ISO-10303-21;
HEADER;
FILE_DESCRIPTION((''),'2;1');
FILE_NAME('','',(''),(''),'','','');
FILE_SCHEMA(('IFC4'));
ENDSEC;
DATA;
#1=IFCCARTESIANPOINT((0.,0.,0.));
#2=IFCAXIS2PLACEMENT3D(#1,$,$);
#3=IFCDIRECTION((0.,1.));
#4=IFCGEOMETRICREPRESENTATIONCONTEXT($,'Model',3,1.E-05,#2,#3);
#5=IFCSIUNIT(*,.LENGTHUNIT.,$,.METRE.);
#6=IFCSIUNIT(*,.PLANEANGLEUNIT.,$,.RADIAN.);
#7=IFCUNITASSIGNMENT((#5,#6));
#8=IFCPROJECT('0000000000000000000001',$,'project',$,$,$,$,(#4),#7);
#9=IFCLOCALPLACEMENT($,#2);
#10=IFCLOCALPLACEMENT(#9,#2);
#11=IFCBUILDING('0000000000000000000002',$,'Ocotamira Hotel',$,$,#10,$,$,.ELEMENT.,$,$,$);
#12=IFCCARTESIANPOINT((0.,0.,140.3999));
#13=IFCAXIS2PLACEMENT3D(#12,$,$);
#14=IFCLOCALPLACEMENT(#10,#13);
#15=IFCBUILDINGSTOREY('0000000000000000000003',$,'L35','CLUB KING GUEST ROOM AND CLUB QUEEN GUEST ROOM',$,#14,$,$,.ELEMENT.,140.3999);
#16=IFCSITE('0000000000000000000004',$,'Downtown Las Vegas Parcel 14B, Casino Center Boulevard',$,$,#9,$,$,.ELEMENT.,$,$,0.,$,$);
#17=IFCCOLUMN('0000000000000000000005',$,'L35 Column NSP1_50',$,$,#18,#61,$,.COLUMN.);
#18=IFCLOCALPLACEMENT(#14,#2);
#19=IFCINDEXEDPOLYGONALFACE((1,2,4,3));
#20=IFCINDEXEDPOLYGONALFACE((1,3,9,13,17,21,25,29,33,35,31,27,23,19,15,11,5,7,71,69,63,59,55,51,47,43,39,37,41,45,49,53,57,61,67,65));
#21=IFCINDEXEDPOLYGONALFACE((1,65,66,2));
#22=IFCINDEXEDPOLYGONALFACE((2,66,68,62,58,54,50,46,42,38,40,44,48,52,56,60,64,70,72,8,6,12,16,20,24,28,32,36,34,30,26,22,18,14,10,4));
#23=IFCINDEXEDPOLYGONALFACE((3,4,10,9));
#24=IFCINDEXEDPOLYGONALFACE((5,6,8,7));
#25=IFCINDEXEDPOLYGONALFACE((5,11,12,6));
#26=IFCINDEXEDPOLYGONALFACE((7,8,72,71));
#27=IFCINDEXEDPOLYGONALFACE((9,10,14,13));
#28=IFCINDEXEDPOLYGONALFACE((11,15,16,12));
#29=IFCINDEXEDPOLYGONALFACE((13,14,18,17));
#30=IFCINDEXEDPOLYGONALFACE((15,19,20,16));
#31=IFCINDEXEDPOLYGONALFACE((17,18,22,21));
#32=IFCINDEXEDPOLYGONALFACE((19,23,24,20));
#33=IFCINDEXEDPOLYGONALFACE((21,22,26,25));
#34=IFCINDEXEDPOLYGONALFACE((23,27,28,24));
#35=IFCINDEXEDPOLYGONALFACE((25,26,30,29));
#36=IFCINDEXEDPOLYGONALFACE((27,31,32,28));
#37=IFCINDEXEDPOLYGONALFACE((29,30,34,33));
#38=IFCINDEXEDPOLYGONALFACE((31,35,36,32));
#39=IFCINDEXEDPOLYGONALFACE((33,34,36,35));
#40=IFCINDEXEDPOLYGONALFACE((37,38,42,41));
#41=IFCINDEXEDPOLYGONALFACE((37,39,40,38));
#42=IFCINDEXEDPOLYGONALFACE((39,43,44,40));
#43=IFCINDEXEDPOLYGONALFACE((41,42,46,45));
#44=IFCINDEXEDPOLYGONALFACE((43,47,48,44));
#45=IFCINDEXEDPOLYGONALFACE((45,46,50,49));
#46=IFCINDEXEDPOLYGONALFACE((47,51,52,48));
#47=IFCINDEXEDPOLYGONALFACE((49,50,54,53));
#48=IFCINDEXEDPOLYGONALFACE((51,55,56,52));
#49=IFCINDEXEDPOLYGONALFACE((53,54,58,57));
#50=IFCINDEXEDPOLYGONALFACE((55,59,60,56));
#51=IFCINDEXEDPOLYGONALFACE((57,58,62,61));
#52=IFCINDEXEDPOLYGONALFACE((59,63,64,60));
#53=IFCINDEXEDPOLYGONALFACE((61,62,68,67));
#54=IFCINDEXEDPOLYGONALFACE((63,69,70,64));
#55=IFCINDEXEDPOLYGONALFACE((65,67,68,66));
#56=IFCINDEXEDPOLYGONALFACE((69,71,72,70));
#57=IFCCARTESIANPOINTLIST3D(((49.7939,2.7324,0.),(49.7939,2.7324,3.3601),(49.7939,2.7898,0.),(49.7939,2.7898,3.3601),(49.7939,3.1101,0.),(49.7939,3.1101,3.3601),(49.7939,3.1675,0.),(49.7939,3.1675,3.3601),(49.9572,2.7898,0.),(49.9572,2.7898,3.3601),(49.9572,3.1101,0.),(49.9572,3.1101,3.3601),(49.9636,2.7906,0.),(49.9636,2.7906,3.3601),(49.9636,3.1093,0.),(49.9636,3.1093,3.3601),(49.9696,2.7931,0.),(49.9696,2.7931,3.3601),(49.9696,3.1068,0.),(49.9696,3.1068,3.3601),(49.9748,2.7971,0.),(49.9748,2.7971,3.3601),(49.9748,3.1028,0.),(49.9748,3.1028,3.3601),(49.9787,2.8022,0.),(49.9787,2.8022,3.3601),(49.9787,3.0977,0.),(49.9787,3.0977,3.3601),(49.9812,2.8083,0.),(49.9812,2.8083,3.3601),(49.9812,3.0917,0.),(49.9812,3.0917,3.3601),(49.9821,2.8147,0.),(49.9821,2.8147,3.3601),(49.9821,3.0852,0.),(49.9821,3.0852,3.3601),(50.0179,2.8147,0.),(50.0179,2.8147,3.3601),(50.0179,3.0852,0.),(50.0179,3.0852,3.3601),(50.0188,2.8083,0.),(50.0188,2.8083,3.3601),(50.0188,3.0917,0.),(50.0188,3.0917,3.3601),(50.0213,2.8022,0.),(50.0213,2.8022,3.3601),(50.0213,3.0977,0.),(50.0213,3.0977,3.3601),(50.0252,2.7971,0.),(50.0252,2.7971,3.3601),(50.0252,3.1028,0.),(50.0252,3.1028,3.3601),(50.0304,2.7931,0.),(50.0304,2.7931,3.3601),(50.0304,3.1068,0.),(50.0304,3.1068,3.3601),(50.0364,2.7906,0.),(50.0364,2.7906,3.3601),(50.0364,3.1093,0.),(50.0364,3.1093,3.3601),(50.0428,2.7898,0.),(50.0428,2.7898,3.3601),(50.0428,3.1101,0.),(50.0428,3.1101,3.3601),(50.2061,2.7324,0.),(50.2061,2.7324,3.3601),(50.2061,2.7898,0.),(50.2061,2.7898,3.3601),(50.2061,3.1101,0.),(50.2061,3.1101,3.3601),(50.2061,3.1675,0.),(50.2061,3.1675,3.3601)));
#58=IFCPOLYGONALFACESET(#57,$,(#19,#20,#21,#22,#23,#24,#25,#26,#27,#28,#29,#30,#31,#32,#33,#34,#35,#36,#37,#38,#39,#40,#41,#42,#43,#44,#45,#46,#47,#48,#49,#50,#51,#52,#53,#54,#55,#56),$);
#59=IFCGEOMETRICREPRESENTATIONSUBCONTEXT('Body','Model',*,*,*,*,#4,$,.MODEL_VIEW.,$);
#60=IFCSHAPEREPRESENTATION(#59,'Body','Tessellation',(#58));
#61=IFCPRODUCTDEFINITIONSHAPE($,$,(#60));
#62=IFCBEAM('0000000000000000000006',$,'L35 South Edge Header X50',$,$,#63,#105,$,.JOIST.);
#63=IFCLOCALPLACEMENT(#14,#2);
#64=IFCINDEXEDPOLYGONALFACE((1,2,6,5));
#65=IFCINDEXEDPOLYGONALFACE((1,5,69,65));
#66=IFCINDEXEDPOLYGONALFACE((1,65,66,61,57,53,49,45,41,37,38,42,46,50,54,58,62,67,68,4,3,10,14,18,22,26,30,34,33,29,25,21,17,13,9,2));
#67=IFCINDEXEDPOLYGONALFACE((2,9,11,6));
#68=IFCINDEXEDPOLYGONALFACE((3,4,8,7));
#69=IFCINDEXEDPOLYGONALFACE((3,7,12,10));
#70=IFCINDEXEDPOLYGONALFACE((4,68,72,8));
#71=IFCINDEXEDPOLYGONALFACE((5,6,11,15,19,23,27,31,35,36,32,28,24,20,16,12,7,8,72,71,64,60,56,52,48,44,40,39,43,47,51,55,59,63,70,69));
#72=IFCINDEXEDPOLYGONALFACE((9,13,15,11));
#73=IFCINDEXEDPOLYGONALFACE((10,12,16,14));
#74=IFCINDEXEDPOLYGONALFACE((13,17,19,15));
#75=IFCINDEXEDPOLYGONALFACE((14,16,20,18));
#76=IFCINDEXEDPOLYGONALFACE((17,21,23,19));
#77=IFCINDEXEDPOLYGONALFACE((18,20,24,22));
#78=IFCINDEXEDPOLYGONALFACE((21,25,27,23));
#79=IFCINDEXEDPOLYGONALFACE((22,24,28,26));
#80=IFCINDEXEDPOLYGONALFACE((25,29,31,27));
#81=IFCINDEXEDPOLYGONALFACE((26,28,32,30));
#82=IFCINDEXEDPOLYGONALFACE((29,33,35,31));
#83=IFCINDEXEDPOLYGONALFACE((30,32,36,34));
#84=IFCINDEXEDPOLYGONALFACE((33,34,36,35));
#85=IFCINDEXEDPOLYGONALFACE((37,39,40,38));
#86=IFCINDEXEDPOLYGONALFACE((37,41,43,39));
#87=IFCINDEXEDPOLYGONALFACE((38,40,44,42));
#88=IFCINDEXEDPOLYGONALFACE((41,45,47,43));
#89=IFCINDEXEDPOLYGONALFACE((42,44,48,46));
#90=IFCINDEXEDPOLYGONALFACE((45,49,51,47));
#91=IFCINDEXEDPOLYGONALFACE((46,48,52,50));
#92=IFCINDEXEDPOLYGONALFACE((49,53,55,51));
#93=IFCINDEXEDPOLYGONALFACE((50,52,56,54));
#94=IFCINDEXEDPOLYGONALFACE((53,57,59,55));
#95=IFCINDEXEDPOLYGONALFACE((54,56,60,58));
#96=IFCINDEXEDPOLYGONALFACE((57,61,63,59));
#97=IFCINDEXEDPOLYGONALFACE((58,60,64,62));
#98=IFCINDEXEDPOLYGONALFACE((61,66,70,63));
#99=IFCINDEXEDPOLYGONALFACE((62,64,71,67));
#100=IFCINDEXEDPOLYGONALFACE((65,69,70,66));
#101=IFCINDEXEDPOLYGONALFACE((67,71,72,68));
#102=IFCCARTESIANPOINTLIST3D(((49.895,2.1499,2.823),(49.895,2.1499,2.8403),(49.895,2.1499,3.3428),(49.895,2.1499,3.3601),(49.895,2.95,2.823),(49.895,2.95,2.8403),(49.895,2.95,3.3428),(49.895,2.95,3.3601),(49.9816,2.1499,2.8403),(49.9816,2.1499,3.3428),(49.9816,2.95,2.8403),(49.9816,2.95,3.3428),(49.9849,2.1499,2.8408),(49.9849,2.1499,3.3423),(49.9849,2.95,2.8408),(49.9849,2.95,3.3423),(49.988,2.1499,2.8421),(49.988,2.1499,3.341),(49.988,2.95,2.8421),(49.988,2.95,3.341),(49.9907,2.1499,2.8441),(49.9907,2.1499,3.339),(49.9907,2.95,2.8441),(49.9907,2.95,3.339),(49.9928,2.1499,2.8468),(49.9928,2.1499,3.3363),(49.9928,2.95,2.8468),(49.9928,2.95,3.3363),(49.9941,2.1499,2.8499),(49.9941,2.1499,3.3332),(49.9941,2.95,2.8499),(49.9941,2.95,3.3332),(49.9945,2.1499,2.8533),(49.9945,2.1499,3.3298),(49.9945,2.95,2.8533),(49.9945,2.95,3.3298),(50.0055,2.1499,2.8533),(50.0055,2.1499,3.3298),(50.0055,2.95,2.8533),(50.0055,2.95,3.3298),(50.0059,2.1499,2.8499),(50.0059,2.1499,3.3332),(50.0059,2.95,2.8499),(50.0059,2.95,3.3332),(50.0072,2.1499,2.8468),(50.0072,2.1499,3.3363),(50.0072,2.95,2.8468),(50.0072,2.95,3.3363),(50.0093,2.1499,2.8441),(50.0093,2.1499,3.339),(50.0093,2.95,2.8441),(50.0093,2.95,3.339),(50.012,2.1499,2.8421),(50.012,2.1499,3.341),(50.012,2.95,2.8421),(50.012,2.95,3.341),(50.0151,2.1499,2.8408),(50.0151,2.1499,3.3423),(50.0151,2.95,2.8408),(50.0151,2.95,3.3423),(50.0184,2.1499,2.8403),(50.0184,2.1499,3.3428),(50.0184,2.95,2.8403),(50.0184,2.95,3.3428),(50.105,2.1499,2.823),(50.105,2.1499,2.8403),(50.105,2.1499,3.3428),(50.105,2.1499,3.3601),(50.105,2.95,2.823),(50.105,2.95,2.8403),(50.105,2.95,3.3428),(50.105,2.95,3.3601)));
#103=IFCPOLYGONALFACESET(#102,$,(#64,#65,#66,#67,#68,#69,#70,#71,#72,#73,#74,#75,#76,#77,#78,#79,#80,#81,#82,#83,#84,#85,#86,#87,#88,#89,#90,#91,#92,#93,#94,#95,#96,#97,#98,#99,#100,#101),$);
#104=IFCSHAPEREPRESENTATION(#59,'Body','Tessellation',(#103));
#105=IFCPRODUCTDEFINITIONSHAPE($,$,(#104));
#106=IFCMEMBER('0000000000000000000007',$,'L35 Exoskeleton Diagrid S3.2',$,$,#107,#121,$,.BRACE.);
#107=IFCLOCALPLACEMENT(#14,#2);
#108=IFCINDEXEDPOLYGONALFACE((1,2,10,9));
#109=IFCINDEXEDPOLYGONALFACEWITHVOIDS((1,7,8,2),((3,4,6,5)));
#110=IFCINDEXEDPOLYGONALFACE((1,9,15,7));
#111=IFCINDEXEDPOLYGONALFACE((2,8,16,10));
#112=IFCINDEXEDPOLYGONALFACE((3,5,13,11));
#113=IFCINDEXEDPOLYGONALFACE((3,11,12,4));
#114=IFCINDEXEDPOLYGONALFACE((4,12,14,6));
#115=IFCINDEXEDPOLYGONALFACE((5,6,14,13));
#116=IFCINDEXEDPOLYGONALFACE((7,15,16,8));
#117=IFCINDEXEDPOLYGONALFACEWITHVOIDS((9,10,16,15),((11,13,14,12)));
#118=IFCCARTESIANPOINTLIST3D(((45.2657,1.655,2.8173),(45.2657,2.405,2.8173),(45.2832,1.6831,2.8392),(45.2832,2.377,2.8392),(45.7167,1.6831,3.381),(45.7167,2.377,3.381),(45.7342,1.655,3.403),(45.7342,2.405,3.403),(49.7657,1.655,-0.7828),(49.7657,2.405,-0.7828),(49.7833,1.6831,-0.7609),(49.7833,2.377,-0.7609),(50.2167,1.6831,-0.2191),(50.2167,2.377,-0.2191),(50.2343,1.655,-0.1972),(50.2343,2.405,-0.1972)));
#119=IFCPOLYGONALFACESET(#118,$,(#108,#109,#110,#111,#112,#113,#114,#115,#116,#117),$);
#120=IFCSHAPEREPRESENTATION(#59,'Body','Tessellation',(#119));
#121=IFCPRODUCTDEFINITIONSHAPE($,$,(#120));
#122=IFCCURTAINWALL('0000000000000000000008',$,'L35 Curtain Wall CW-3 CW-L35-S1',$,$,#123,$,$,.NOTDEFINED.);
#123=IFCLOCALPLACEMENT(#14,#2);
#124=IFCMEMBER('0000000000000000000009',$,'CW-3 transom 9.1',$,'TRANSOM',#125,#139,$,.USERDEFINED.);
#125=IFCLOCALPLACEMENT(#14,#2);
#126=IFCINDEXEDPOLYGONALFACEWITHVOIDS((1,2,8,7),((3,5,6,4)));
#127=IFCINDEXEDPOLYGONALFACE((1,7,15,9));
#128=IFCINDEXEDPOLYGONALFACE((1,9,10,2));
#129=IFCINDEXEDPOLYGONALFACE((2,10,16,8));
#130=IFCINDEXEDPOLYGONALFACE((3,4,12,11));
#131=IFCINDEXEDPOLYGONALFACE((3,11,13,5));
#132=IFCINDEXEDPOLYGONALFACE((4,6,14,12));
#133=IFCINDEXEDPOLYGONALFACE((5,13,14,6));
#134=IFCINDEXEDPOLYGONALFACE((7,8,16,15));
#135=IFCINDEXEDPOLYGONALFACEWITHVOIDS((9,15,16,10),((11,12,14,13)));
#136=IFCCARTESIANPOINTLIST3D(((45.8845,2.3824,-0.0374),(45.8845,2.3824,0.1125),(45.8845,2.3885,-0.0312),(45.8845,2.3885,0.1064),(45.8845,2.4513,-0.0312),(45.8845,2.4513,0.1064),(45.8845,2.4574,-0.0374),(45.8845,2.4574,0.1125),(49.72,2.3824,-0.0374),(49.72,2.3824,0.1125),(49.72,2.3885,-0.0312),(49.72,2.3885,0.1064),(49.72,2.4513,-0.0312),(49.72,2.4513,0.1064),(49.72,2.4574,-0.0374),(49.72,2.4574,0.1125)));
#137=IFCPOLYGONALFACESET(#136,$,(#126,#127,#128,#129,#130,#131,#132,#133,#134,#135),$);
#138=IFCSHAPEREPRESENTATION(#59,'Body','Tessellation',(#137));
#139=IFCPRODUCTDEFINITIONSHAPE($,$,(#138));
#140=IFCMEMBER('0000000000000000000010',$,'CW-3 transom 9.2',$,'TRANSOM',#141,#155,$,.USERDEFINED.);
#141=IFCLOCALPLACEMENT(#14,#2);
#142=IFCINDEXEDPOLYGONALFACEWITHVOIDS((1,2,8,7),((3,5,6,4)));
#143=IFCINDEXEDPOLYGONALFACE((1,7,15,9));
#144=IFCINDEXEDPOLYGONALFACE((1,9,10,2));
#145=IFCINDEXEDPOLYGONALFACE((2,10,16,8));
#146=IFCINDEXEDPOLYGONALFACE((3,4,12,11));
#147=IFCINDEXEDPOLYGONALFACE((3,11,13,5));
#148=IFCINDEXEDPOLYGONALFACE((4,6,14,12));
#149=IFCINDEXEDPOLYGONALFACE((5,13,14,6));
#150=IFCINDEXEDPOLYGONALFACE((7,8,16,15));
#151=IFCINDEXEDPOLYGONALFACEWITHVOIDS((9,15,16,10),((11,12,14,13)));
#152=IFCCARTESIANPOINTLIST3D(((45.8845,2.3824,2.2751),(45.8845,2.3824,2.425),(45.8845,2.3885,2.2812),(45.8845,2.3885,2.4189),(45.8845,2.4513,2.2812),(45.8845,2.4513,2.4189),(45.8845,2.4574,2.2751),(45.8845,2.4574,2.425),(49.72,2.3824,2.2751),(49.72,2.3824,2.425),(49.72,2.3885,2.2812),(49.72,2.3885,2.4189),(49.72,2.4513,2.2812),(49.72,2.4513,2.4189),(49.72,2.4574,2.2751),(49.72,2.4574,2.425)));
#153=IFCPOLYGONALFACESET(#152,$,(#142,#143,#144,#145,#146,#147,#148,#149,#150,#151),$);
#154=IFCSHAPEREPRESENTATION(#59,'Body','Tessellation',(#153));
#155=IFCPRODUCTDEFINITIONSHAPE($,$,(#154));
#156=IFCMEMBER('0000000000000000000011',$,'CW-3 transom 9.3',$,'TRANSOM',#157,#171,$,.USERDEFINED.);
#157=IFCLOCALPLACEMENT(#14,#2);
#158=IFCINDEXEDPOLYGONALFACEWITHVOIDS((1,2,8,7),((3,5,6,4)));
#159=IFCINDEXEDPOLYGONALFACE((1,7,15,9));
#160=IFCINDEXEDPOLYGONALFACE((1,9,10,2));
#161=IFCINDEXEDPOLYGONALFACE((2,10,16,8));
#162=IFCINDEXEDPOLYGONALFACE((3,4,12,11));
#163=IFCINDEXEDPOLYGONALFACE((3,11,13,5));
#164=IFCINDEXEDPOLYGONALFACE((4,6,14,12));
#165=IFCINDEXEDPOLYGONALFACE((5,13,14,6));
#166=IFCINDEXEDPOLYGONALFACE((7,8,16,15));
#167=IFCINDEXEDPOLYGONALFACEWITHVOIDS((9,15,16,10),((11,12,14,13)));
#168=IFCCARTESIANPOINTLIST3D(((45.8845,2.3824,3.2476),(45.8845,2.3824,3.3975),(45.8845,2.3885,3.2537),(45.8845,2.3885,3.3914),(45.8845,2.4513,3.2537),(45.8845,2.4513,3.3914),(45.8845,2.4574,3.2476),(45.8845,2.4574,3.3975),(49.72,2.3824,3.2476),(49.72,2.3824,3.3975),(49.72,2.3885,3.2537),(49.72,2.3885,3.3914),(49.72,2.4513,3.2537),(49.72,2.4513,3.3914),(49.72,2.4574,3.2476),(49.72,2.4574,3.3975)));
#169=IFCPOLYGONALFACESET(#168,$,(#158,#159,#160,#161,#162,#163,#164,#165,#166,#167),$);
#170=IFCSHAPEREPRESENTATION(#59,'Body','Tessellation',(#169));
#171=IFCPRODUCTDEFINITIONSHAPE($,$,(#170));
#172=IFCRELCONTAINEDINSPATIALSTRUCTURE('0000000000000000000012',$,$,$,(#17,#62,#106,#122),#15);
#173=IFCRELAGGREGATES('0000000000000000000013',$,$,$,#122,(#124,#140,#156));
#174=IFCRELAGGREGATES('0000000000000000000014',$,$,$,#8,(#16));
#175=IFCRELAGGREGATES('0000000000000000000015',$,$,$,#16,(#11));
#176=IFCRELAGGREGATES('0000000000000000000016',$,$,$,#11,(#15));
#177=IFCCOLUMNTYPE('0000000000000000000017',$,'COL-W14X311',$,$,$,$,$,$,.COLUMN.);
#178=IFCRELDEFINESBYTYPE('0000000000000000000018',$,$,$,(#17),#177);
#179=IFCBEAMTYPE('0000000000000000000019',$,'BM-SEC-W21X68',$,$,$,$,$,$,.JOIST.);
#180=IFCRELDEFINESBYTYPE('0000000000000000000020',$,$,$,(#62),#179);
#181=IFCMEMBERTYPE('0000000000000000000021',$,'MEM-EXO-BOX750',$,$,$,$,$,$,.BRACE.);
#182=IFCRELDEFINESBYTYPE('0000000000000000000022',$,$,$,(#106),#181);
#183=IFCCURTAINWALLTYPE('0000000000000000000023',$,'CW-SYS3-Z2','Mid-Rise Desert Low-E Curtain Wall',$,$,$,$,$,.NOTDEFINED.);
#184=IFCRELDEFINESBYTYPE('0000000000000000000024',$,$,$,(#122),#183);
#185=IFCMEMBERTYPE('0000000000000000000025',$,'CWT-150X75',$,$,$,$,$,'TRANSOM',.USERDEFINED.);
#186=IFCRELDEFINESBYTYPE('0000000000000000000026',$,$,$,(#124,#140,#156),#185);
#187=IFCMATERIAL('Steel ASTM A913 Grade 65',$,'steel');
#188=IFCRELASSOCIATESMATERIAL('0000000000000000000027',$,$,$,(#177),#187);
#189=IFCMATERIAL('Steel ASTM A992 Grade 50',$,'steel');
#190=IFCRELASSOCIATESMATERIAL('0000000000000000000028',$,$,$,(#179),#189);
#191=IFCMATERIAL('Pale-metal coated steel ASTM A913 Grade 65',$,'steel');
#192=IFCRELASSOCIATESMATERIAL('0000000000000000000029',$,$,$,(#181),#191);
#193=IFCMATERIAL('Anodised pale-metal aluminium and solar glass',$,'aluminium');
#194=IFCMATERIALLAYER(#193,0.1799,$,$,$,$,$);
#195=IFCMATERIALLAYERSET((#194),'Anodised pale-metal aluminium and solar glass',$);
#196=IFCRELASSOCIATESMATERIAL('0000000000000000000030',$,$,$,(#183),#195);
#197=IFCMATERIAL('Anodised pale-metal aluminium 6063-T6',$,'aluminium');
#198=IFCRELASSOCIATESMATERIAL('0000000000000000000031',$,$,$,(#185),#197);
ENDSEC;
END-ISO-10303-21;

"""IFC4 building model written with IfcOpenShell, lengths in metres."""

from ifc_helpers import new_model, si_unit, direction, frame, origin, origin_2d, place, context, subcontext, project, spatial, hollow_rectangle, i_section, extrude, source, transform, mapped, material, layer, layer_set, material_profile, profile_set, type_object, element, aggregate, save


model = new_model("IFC4")

# Units and contexts
model_context = context("Model", 3, precision=1e-05, world=origin(), true_north=direction((0.0, 1.0)))
body_context = subcontext(model_context, "Body", "Model", "MODEL_VIEW")
ifc_project = project(units=[si_unit("LENGTHUNIT", "METRE"), si_unit("PLANEANGLEUNIT", "RADIAN")], contexts=[model_context])

# Site, building, storey
site_placement = place(None, origin())
site = spatial("IfcSite", under=ifc_project, at=site_placement, Name="Downtown Las Vegas Parcel 14B, Casino Center Boulevard", CompositionType="ELEMENT", RefElevation=0.0)
building_placement = place(site_placement, origin())
building = spatial("IfcBuilding", under=site, at=building_placement, Name="Ocotamira Hotel", CompositionType="ELEMENT")
storey_placement = place(building_placement, frame((0.0, 0.0, 140.3999)))
storey = spatial("IfcBuildingStorey", under=building, at=storey_placement, Name="L35", Description="CLUB KING GUEST ROOM AND CLUB QUEEN GUEST ROOM", CompositionType="ELEMENT", Elevation=140.3999)

# Column
ifc_material_1 = material(Name="Steel ASTM A913 Grade 65", Category="steel")
ifc_material_profile_1 = material_profile(ifc_material_1, i_section(OverallWidth=0.4121, OverallDepth=0.4351, WebThickness=0.0359, FlangeThickness=0.0574, FilletRadius=0.0249, at=origin_2d()), Name="W14X311")
ifc_profile_set_1 = profile_set([ifc_material_profile_1], Name="Steel ASTM A913 Grade 65")
column_type = type_object("IfcColumnType", Name="COL-W14X311", PredefinedType="COLUMN", material=ifc_profile_set_1)
shared_shape_1 = source(origin(), body_context, "Body", "SweptSolid", [
    extrude(i_section(OverallWidth=0.4121, OverallDepth=0.4351, WebThickness=0.0359, FlangeThickness=0.0574, FilletRadius=0.0249, at=origin_2d()), origin(), (0.0, 0.0, 1.0), 3.3601),
])
column_placement = place(storey_placement, frame((50.0, 2.95, 0.0), z_axis=(0.0, 0.0, 1.0), x_axis=(1.0, 0.0, 0.0)))
element("IfcColumn", 1, at=column_placement, inside=storey, type_object=column_type, Name="L35 Column NSP1_50", PredefinedType="COLUMN", context=body_context, shape_type="MappedRepresentation", body=[
    mapped(shared_shape_1, transform((0.0, 0.0, 0.0), scale=1.0)),
])

# Beam
ifc_material_2 = material(Name="Steel ASTM A992 Grade 50", Category="steel")
ifc_material_profile_2 = material_profile(ifc_material_2, i_section(OverallWidth=0.21, OverallDepth=0.5371, WebThickness=0.011, FlangeThickness=0.0173, FilletRadius=0.0129, at=origin_2d()), Name="W21X68")
ifc_profile_set_2 = profile_set([ifc_material_profile_2], Name="Steel ASTM A992 Grade 50")
beam_type = type_object("IfcBeamType", Name="BM-SEC-W21X68", PredefinedType="JOIST", material=ifc_profile_set_2)
shared_shape_2 = source(origin(), body_context, "Body", "SweptSolid", [
    extrude(i_section(OverallWidth=0.21, OverallDepth=0.5371, WebThickness=0.011, FlangeThickness=0.0173, FilletRadius=0.0129, at=origin_2d()), origin(), (0.0, 0.0, 1.0), 0.8),
])
beam_placement = place(storey_placement, frame((50.0, 2.95, 3.0916), z_axis=(0.0, -1.0, 0.0), x_axis=(1.0, 0.0, 0.0)))
element("IfcBeam", 2, at=beam_placement, inside=storey, type_object=beam_type, Name="L35 South Edge Header X50", PredefinedType="JOIST", context=body_context, shape_type="MappedRepresentation", body=[
    mapped(shared_shape_2, transform((0.0, 0.0, 0.0), scale=1.0)),
])

# Member
ifc_material_3 = material(Name="Pale-metal coated steel ASTM A913 Grade 65", Category="steel")
ifc_material_profile_3 = material_profile(ifc_material_3, hollow_rectangle(XDim=0.75, YDim=0.75, WallThickness=0.0281, at=origin_2d()), Name="BOX750X750X28")
ifc_profile_set_3 = profile_set([ifc_material_profile_3], Name="Pale-metal coated steel ASTM A913 Grade 65")
member_type_1 = type_object("IfcMemberType", Name="MEM-EXO-BOX750", PredefinedType="BRACE", material=ifc_profile_set_3)
shared_shape_3 = source(origin(), body_context, "Body", "SweptSolid", [
    extrude(hollow_rectangle(XDim=0.75, YDim=0.75, WallThickness=0.0281, at=origin_2d()), origin(), (0.0, 0.0, 1.0), 5.7629),
])
member_1_placement = place(storey_placement, frame((50.0, 2.03, -0.49), z_axis=(-0.780861, 0.0, 0.624705), x_axis=(0.0, -1.0, 0.0)))
element("IfcMember", 3, at=member_1_placement, inside=storey, type_object=member_type_1, Name="L35 Exoskeleton Diagrid S3.2", PredefinedType="BRACE", context=body_context, shape_type="MappedRepresentation", body=[
    mapped(shared_shape_3, transform((0.0, 0.0, 0.0), scale=1.0)),
])

# Curtain wall, members
ifc_material_4 = material(Name="Anodised pale-metal aluminium and solar glass", Category="aluminium")
ifc_layer_1 = layer(ifc_material_4, 0.1799)
ifc_layer_set_1 = layer_set([ifc_layer_1], Name="Anodised pale-metal aluminium and solar glass")
curtain_wall_type = type_object("IfcCurtainWallType", Name="CW-SYS3-Z2", Description="Mid-Rise Desert Low-E Curtain Wall", PredefinedType="NOTDEFINED", material=ifc_layer_set_1)
curtain_wall_1_placement = place(storey_placement, origin())
curtain_wall_1 = element("IfcCurtainWall", 4, at=curtain_wall_1_placement, inside=storey, type_object=curtain_wall_type, Name="L35 Curtain Wall CW-3 CW-L35-S1", PredefinedType="NOTDEFINED")
ifc_material_5 = material(Name="Anodised pale-metal aluminium 6063-T6", Category="aluminium")
ifc_material_profile_4 = material_profile(ifc_material_5, hollow_rectangle(XDim=0.075, YDim=0.1499, WallThickness=0.0061, at=origin_2d()), Name="HSS150X75X6")
ifc_profile_set_4 = profile_set([ifc_material_profile_4], Name="Anodised pale-metal aluminium 6063-T6")
member_type_2 = type_object("IfcMemberType", Name="CWT-150X75", ElementType="TRANSOM", PredefinedType="USERDEFINED", material=ifc_profile_set_4)
shared_shape_4 = source(origin(), body_context, "Body", "SweptSolid", [
    extrude(hollow_rectangle(XDim=0.075, YDim=0.1499, WallThickness=0.0061, at=origin_2d()), origin(), (0.0, 0.0, 1.0), 3.8354),
])
member_2_placement = place(storey_placement, frame((45.8845, 2.4199, 0.0376), z_axis=(1.0, 0.0, 0.0), x_axis=(0.0, 1.0, 0.0)))
member_2 = element("IfcMember", 5, at=member_2_placement, type_object=member_type_2, Name="CW-3 transom 9.1", ObjectType="TRANSOM", PredefinedType="USERDEFINED", context=body_context, shape_type="MappedRepresentation", body=[
    mapped(shared_shape_4, transform((0.0, 0.0, 0.0), scale=1.0)),
])
member_3_placement = place(storey_placement, frame((45.8845, 2.4199, 2.3501), z_axis=(1.0, 0.0, 0.0), x_axis=(0.0, 1.0, 0.0)))
member_3 = element("IfcMember", 6, at=member_3_placement, type_object=member_type_2, Name="CW-3 transom 9.2", ObjectType="TRANSOM", PredefinedType="USERDEFINED", context=body_context, shape_type="MappedRepresentation", body=[
    mapped(shared_shape_4, transform((0.0, 0.0, 0.0), scale=1.0)),
])
member_4_placement = place(storey_placement, frame((45.8845, 2.4199, 3.3225), z_axis=(1.0, 0.0, 0.0), x_axis=(0.0, 1.0, 0.0)))
member_4 = element("IfcMember", 7, at=member_4_placement, type_object=member_type_2, Name="CW-3 transom 9.3", ObjectType="TRANSOM", PredefinedType="USERDEFINED", context=body_context, shape_type="MappedRepresentation", body=[
    mapped(shared_shape_4, transform((0.0, 0.0, 0.0), scale=1.0)),
])

aggregate(curtain_wall_1, [member_2, member_3, member_4])

save(model, "model.ifc")
